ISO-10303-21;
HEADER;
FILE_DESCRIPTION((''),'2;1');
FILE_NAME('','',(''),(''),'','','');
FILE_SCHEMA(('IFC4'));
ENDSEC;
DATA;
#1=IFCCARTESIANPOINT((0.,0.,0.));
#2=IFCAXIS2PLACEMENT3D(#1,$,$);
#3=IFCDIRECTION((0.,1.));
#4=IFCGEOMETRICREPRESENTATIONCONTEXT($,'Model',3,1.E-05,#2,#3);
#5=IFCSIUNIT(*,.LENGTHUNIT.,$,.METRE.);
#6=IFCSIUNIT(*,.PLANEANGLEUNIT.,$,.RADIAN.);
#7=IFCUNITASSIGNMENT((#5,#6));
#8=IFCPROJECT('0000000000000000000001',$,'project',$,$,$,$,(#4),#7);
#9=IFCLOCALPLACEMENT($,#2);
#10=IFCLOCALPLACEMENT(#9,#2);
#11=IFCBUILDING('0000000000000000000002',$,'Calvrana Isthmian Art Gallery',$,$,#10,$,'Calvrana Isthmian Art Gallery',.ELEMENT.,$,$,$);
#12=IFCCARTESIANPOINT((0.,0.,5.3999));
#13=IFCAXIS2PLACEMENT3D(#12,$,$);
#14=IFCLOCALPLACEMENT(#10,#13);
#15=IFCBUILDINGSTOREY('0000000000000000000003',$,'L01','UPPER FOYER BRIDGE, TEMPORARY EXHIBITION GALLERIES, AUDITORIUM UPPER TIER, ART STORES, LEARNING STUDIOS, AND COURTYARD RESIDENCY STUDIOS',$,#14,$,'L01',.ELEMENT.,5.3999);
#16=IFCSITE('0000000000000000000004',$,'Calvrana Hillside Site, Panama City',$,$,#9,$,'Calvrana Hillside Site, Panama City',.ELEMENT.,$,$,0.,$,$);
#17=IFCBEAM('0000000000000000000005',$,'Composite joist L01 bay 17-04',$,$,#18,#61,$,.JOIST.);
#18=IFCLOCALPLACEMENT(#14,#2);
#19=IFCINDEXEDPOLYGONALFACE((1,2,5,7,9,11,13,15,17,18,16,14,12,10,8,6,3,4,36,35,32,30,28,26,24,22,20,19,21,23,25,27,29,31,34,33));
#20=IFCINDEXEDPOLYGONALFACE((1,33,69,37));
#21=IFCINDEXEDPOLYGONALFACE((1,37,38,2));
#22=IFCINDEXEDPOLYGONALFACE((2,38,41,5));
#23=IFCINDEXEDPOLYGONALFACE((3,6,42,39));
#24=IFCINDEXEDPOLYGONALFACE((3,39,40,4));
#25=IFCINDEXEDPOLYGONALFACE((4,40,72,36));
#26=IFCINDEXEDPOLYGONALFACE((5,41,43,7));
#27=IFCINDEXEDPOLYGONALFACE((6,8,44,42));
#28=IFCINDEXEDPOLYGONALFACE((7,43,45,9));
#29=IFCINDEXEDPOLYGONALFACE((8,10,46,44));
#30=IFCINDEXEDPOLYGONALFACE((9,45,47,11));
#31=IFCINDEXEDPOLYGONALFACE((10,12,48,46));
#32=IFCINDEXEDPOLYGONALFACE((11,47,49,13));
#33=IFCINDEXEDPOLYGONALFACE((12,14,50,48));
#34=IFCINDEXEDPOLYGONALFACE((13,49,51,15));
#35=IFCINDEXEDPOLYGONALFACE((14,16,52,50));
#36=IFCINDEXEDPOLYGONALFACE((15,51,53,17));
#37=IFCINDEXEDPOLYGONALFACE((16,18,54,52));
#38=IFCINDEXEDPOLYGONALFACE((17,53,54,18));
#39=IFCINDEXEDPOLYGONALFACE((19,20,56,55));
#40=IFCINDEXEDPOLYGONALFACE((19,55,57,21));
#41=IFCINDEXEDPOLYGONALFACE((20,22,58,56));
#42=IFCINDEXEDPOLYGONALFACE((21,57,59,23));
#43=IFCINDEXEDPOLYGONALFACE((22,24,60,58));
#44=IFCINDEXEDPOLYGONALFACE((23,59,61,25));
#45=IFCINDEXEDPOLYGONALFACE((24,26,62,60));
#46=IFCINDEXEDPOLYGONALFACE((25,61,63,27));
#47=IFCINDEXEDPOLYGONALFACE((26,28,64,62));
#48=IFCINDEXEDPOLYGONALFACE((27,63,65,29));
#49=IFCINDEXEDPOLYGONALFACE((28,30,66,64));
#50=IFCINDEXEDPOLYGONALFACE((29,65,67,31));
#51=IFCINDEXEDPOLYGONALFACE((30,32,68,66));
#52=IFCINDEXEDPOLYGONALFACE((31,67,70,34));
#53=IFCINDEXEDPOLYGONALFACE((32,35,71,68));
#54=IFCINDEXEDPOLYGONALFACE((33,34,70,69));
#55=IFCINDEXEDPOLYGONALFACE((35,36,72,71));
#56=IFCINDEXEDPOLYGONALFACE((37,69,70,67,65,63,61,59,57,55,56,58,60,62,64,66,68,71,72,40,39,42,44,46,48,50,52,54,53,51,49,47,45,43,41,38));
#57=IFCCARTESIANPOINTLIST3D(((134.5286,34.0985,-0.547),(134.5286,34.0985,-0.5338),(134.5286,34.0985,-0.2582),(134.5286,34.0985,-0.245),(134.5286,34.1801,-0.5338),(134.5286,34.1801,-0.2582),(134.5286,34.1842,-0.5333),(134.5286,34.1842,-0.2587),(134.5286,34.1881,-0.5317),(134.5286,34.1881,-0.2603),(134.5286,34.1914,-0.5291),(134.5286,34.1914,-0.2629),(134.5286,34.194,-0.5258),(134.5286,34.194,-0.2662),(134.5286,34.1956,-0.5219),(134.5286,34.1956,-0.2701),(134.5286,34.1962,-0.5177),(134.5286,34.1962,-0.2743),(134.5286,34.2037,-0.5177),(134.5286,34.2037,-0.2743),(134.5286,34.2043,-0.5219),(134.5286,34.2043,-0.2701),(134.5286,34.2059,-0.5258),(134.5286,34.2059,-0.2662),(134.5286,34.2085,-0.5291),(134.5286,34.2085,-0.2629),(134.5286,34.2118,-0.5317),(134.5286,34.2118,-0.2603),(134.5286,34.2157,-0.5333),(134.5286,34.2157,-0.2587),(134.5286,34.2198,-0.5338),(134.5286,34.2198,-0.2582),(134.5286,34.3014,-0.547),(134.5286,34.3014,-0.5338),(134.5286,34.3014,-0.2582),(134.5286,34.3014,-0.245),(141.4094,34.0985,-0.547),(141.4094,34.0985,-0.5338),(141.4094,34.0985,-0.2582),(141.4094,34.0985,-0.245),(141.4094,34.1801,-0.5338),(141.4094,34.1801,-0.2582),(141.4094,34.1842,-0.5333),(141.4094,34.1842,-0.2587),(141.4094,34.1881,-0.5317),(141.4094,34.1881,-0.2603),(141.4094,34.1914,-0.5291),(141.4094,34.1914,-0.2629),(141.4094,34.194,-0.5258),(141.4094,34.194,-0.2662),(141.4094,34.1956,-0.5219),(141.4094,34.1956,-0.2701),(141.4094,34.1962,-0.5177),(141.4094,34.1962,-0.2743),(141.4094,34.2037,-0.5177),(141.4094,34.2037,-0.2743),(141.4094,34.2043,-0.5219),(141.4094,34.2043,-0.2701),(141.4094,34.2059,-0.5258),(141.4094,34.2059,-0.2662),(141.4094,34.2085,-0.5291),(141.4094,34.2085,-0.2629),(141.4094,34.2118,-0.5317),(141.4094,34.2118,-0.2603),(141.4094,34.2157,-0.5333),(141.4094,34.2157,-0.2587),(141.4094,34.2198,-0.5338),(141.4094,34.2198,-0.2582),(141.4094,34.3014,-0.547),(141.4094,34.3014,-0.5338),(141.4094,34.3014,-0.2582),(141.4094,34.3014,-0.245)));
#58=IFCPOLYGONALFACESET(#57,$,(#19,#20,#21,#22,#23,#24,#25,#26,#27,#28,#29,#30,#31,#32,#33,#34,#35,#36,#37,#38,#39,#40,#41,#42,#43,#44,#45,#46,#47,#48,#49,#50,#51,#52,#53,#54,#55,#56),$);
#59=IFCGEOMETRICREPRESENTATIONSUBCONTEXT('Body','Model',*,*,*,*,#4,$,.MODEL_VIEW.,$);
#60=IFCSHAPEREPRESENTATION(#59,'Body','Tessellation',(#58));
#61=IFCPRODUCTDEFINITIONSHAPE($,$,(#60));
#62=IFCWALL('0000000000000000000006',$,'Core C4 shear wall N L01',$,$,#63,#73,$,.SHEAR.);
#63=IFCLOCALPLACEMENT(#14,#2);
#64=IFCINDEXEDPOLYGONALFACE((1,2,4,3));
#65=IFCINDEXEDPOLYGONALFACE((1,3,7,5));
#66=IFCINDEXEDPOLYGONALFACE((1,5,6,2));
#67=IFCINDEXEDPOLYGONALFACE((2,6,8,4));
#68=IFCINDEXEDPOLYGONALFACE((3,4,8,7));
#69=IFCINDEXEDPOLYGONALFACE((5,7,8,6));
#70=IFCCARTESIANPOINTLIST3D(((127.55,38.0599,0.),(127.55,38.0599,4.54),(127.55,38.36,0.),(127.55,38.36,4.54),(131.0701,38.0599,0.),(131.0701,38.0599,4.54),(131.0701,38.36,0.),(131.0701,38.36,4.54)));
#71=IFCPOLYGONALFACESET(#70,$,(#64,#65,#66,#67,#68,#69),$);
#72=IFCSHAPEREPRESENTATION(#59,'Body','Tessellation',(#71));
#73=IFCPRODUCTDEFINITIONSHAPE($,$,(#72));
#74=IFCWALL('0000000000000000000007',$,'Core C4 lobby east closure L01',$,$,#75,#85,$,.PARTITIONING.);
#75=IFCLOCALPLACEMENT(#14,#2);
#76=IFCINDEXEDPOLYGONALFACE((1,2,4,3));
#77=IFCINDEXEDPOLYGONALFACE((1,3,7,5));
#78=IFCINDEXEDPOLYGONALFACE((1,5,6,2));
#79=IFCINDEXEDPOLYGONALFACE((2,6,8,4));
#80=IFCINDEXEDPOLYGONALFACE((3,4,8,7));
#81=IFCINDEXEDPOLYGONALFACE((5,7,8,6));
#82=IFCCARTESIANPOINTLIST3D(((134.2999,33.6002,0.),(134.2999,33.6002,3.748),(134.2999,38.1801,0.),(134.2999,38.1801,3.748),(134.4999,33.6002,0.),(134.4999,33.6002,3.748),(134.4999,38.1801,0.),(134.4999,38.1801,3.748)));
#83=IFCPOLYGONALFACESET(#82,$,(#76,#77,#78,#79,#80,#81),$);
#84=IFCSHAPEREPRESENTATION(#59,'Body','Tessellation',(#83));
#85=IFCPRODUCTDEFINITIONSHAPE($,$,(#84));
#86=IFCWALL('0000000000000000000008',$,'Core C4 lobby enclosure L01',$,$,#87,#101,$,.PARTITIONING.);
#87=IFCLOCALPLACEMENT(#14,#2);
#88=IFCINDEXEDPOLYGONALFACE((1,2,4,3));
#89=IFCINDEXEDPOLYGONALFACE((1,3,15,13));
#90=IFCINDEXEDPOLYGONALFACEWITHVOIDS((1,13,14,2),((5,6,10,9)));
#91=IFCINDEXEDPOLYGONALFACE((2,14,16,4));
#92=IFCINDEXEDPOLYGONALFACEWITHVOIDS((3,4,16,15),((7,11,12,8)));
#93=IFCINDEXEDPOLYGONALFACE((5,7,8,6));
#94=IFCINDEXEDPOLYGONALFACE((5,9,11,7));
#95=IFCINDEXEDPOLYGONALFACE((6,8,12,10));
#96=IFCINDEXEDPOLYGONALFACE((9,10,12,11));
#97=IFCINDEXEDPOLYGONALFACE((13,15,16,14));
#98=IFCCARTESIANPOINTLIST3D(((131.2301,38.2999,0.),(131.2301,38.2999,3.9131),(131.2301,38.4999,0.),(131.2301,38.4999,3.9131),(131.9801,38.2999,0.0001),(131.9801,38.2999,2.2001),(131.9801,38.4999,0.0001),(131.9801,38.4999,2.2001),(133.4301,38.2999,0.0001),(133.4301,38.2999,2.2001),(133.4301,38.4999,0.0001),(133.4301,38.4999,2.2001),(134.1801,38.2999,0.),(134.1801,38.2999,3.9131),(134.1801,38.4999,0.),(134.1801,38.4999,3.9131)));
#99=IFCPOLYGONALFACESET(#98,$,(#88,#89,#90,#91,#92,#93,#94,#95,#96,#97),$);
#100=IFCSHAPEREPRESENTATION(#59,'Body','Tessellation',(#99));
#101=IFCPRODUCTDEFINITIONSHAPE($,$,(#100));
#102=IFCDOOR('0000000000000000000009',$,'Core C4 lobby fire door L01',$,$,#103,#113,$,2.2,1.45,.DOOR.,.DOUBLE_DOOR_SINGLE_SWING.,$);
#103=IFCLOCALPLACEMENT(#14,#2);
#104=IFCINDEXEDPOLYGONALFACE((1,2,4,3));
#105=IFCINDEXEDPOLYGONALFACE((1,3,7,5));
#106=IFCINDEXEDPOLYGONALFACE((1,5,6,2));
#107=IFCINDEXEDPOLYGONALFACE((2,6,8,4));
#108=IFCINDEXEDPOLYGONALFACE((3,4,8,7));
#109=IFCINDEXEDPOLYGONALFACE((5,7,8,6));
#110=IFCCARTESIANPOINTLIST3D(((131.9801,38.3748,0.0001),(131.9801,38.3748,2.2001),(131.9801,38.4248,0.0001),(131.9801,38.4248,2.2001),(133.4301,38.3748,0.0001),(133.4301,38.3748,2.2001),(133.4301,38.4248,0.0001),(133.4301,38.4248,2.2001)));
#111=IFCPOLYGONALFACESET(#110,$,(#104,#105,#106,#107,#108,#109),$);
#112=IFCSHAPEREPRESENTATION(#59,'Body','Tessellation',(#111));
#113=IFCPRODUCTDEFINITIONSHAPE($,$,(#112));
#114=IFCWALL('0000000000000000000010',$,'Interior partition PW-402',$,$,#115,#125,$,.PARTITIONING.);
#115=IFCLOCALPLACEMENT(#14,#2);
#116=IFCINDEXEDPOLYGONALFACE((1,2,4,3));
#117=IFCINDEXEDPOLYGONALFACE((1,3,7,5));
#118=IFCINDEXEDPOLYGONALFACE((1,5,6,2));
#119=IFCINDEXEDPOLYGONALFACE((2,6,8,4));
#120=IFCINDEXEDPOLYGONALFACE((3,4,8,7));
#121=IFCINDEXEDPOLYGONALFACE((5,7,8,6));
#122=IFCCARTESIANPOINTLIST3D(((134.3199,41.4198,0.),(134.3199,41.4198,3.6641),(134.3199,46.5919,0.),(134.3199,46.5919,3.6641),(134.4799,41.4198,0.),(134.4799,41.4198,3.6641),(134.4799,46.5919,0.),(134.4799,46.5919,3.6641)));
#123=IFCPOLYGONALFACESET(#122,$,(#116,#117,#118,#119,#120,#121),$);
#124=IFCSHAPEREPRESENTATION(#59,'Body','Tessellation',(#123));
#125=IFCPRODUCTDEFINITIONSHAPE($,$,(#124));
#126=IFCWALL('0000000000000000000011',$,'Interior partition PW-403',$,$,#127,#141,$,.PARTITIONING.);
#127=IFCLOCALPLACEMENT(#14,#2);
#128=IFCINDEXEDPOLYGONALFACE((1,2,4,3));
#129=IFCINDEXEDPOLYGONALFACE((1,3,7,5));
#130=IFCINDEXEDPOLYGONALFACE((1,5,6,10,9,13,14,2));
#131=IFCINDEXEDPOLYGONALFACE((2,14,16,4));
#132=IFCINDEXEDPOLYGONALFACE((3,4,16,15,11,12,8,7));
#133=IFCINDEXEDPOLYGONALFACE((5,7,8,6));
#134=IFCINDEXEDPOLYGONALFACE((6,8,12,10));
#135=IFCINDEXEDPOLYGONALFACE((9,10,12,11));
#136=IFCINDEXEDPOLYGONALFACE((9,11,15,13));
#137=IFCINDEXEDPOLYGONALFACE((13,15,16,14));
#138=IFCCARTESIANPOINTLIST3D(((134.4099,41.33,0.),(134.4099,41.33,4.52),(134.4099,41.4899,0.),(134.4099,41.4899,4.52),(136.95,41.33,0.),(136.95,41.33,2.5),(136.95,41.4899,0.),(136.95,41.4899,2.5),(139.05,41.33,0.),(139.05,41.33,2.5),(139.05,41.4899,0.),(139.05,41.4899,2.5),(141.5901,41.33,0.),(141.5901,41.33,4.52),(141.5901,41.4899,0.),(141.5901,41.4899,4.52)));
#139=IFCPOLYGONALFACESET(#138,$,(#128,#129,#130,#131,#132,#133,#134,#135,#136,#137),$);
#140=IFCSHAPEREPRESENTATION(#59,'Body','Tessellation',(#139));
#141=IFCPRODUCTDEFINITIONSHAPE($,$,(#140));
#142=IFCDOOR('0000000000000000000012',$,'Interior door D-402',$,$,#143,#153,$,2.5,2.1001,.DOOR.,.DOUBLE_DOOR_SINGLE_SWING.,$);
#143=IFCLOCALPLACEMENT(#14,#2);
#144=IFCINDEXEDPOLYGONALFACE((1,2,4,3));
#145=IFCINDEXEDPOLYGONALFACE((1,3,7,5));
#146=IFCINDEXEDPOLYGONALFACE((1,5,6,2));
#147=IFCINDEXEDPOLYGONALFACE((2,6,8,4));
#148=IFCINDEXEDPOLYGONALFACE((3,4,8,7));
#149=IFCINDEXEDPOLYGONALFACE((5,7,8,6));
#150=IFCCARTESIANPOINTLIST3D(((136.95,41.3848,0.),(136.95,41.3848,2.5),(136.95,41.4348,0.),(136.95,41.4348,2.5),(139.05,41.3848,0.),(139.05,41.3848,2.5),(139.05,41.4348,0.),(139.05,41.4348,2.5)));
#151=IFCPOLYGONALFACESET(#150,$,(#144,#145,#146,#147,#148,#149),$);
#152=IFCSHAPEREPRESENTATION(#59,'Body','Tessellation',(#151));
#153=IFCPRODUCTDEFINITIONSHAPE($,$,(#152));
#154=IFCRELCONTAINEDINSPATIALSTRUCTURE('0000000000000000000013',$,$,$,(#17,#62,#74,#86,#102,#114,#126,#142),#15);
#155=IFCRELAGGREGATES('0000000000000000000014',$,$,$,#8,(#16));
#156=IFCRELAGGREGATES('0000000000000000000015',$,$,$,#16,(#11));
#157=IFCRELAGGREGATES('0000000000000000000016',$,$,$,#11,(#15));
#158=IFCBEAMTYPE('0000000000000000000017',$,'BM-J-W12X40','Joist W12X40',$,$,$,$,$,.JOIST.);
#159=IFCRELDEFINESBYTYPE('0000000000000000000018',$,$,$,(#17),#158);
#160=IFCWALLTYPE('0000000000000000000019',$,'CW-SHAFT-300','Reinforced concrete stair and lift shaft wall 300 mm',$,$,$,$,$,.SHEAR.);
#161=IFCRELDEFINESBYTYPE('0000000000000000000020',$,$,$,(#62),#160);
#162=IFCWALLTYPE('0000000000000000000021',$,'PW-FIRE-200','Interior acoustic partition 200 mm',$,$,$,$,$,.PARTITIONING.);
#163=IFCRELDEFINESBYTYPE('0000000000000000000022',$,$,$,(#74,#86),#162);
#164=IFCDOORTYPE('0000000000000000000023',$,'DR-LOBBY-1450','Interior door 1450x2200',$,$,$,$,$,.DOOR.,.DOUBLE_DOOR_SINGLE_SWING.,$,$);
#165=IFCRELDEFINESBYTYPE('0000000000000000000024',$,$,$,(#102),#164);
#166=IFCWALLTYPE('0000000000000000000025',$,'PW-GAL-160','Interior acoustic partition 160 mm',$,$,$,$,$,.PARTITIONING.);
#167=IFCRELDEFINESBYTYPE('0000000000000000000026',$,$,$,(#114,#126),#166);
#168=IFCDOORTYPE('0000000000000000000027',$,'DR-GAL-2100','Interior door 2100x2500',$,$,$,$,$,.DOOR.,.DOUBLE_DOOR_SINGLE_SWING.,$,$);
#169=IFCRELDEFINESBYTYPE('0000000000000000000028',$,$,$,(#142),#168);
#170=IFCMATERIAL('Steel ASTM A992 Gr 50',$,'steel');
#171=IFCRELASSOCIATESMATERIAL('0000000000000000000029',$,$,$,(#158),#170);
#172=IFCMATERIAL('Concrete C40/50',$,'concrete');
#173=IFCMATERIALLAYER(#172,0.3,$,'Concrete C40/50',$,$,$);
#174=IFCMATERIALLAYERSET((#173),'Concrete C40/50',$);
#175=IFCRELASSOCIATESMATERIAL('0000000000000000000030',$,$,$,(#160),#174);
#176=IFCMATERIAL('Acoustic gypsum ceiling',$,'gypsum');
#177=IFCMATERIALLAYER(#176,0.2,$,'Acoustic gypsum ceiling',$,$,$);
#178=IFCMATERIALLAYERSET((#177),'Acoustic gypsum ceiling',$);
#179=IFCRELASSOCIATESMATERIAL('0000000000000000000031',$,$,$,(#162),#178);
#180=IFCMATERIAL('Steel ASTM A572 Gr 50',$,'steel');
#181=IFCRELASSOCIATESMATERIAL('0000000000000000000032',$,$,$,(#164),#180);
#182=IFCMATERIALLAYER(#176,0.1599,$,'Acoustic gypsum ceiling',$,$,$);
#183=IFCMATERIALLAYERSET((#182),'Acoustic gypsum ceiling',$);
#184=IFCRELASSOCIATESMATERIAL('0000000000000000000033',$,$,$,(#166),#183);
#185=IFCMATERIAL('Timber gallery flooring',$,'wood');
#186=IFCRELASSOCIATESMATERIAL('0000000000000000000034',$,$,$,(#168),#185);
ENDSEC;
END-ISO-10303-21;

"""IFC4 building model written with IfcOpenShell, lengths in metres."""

from ifc_helpers import new_model, si_unit, direction, frame, frame_2d, origin, origin_2d, place, context, subcontext, project, spatial, rectangle, i_section, extrude, material, layer, layer_set, material_profile, profile_set, type_object, element, fill, save


model = new_model("IFC4")

# Units and contexts
model_context = context("Model", 3, precision=1e-05, world=origin(), true_north=direction((0.0, 1.0)))
body_context = subcontext(model_context, "Body", "Model", "MODEL_VIEW")
ifc_project = project(units=[si_unit("LENGTHUNIT", "METRE"), si_unit("PLANEANGLEUNIT", "RADIAN")], contexts=[model_context])

# Site, building, storey
site_placement = place(None, origin())
site = spatial("IfcSite", under=ifc_project, at=site_placement, Name="Calvrana Hillside Site, Panama City", LongName="Calvrana Hillside Site, Panama City", CompositionType="ELEMENT", RefElevation=0.0)
building_placement = place(site_placement, origin())
building = spatial("IfcBuilding", under=site, at=building_placement, Name="Calvrana Isthmian Art Gallery", LongName="Calvrana Isthmian Art Gallery", CompositionType="ELEMENT")
storey_placement = place(building_placement, frame((0.0, 0.0, 5.3999)))
storey = spatial("IfcBuildingStorey", under=building, at=storey_placement, Name="L01", Description="UPPER FOYER BRIDGE, TEMPORARY EXHIBITION GALLERIES, AUDITORIUM UPPER TIER, ART STORES, LEARNING STUDIOS, AND COURTYARD RESIDENCY STUDIOS", LongName="L01", CompositionType="ELEMENT", Elevation=5.3999)

# Shared definitions
ifc_material_1 = material(Name="Steel ASTM A992 Gr 50", Category="steel")

# Beam
ifc_material_profile_1 = material_profile(ifc_material_1, i_section(OverallWidth=0.2029, OverallDepth=0.302, WebThickness=0.0076, FlangeThickness=0.0132, FilletRadius=0.0161, at=origin_2d()), Name="W12X40")
ifc_profile_set_1 = profile_set([ifc_material_profile_1], Name="Steel ASTM A992 Gr 50")
beam_type_1 = type_object("IfcBeamType", Name="BM-J-W12X40", Description="Joist W12X40", PredefinedType="JOIST", material=ifc_profile_set_1)
beam_1_placement = place(storey_placement, frame((134.5286, 34.2, -0.396), z_axis=(1.0, 0.0, 0.0), x_axis=(0.0, 1.0, 0.0)))
element("IfcBeam", 1, at=beam_1_placement, inside=storey, type_object=beam_type_1, Name="Composite joist L01 bay 17-04", PredefinedType="JOIST", context=body_context, shape_type="SweptSolid", body=[
    extrude(i_section(OverallWidth=0.2029, OverallDepth=0.302, WebThickness=0.0076, FlangeThickness=0.0132, FilletRadius=0.0161, at=origin_2d()), origin(), (0.0, 0.0, 1.0), 6.8809),
])

# Walls
ifc_material_2 = material(Name="Concrete C40/50", Category="concrete")
ifc_layer_1 = layer(ifc_material_2, 0.3, Name="Concrete C40/50")
ifc_layer_set_1 = layer_set([ifc_layer_1], Name="Concrete C40/50")
wall_type_1 = type_object("IfcWallType", Name="CW-SHAFT-300", Description="Reinforced concrete stair and lift shaft wall 300 mm", PredefinedType="SHEAR", material=ifc_layer_set_1)
wall_1_placement = place(storey_placement, frame((127.55, 38.21, 0.0), z_axis=(0.0, 0.0, 1.0), x_axis=(1.0, 0.0, 0.0)))
element("IfcWall", 2, at=wall_1_placement, inside=storey, type_object=wall_type_1, Name="Core C4 shear wall N L01", PredefinedType="SHEAR", context=body_context, shape_type="SweptSolid", body=[
    extrude(rectangle(XDim=3.52, YDim=0.3, at=frame_2d((1.76, 0.0))), origin(), (0.0, 0.0, 1.0), 4.54),
])
ifc_material_3 = material(Name="Acoustic gypsum ceiling", Category="gypsum")
ifc_layer_2 = layer(ifc_material_3, 0.2, Name="Acoustic gypsum ceiling")
ifc_layer_set_2 = layer_set([ifc_layer_2], Name="Acoustic gypsum ceiling")
wall_type_2 = type_object("IfcWallType", Name="PW-FIRE-200", Description="Interior acoustic partition 200 mm", PredefinedType="PARTITIONING", material=ifc_layer_set_2)
wall_2_placement = place(storey_placement, frame((134.3999, 33.6001, 0.0), z_axis=(0.0, 0.0, 1.0), x_axis=(0.0, 1.0, 0.0)))
element("IfcWall", 3, at=wall_2_placement, inside=storey, type_object=wall_type_2, Name="Core C4 lobby east closure L01", PredefinedType="PARTITIONING", context=body_context, shape_type="SweptSolid", body=[
    extrude(rectangle(XDim=4.5798, YDim=0.2, at=frame_2d((2.29, 0.0))), origin(), (0.0, 0.0, 1.0), 3.748),
])

# Wall, opening, door
wall_3_placement = place(storey_placement, frame((131.23, 38.3999, 0.0), z_axis=(0.0, 0.0, 1.0), x_axis=(1.0, 0.0, 0.0)))
wall_3 = element("IfcWall", 4, at=wall_3_placement, inside=storey, type_object=wall_type_2, Name="Core C4 lobby enclosure L01", PredefinedType="PARTITIONING", context=body_context, shape_type="SweptSolid", body=[
    extrude(rectangle(XDim=2.95, YDim=0.2, at=frame_2d((1.4751, 0.0))), origin(), (0.0, 0.0, 1.0), 3.9131),
])
opening_1_placement = place(wall_3_placement, frame((0.75, 0.0, 0.0)))
opening_1 = element("IfcOpeningElement", 5, at=opening_1_placement, cuts=wall_3, PredefinedType="OPENING", context=body_context, shape_type="SweptSolid", body=[
    extrude(rectangle(XDim=1.45, YDim=2.2, at=frame_2d((0.7251, 1.1001))), frame((0.0, 0.1104, 0.0), z_axis=(0.0, -1.0, 0.0), x_axis=(1.0, 0.0, 0.0)), (0.0, 0.0, 1.0), 0.2205),
])
ifc_material_4 = material(Name="Steel ASTM A572 Gr 50", Category="steel")
door_type_1 = type_object("IfcDoorType", Name="DR-LOBBY-1450", Description="Interior door 1450x2200", OperationType="DOUBLE_DOOR_SINGLE_SWING", PredefinedType="DOOR", material=ifc_material_4)
door_1_placement = place(opening_1_placement, origin())
door_1 = element("IfcDoor", 6, at=door_1_placement, inside=storey, type_object=door_type_1, Name="Core C4 lobby fire door L01", OperationType="DOUBLE_DOOR_SINGLE_SWING", OverallHeight=2.2, OverallWidth=1.45, PredefinedType="DOOR", context=body_context, shape_type="SweptSolid", body=[
    extrude(rectangle(XDim=1.45, YDim=2.2, at=frame_2d((0.7251, 1.1001))), frame((0.0, 0.0249, 0.0), z_axis=(0.0, -1.0, 0.0), x_axis=(1.0, 0.0, 0.0)), (0.0, 0.0, 1.0), 0.05),
])
fill(opening_1, door_1)

# Wall
ifc_layer_3 = layer(ifc_material_3, 0.1599, Name="Acoustic gypsum ceiling")
ifc_layer_set_3 = layer_set([ifc_layer_3], Name="Acoustic gypsum ceiling")
wall_type_3 = type_object("IfcWallType", Name="PW-GAL-160", Description="Interior acoustic partition 160 mm", PredefinedType="PARTITIONING", material=ifc_layer_set_3)
wall_4_placement = place(storey_placement, frame((134.3999, 41.4199, 0.0), z_axis=(0.0, 0.0, 1.0), x_axis=(0.0, 1.0, 0.0)))
element("IfcWall", 7, at=wall_4_placement, inside=storey, type_object=wall_type_3, Name="Interior partition PW-402", PredefinedType="PARTITIONING", context=body_context, shape_type="SweptSolid", body=[
    extrude(rectangle(XDim=5.1721, YDim=0.1599, at=frame_2d((2.5859, 0.0))), origin(), (0.0, 0.0, 1.0), 3.6641),
])

# Wall, opening, door
wall_5_placement = place(storey_placement, frame((134.4099, 41.4099, 0.0), z_axis=(0.0, 0.0, 1.0), x_axis=(1.0, 0.0, 0.0)))
wall_5 = element("IfcWall", 8, at=wall_5_placement, inside=storey, type_object=wall_type_3, Name="Interior partition PW-403", PredefinedType="PARTITIONING", context=body_context, shape_type="SweptSolid", body=[
    extrude(rectangle(XDim=7.1802, YDim=0.1599, at=frame_2d((3.5901, 0.0))), origin(), (0.0, 0.0, 1.0), 4.52),
])
opening_2_placement = place(wall_5_placement, frame((2.54, 0.0, 0.0)))
opening_2 = element("IfcOpeningElement", 9, at=opening_2_placement, cuts=wall_5, PredefinedType="OPENING", context=body_context, shape_type="SweptSolid", body=[
    extrude(rectangle(XDim=2.1001, YDim=2.5, at=frame_2d((1.05, 1.25))), frame((0.0, 0.0903, 0.0), z_axis=(0.0, -1.0, 0.0), x_axis=(1.0, 0.0, 0.0)), (0.0, 0.0, 1.0), 0.1804),
])
ifc_material_5 = material(Name="Timber gallery flooring", Category="wood")
door_type_2 = type_object("IfcDoorType", Name="DR-GAL-2100", Description="Interior door 2100x2500", OperationType="DOUBLE_DOOR_SINGLE_SWING", PredefinedType="DOOR", material=ifc_material_5)
door_2_placement = place(opening_2_placement, origin())
door_2 = element("IfcDoor", 10, at=door_2_placement, inside=storey, type_object=door_type_2, Name="Interior door D-402", OperationType="DOUBLE_DOOR_SINGLE_SWING", OverallHeight=2.5, OverallWidth=2.1001, PredefinedType="DOOR", context=body_context, shape_type="SweptSolid", body=[
    extrude(rectangle(XDim=2.1001, YDim=2.5, at=frame_2d((1.05, 1.25))), frame((0.0, 0.0249, 0.0), z_axis=(0.0, -1.0, 0.0), x_axis=(1.0, 0.0, 0.0)), (0.0, 0.0, 1.0), 0.05),
])
fill(opening_2, door_2)

save(model, "model.ifc")
